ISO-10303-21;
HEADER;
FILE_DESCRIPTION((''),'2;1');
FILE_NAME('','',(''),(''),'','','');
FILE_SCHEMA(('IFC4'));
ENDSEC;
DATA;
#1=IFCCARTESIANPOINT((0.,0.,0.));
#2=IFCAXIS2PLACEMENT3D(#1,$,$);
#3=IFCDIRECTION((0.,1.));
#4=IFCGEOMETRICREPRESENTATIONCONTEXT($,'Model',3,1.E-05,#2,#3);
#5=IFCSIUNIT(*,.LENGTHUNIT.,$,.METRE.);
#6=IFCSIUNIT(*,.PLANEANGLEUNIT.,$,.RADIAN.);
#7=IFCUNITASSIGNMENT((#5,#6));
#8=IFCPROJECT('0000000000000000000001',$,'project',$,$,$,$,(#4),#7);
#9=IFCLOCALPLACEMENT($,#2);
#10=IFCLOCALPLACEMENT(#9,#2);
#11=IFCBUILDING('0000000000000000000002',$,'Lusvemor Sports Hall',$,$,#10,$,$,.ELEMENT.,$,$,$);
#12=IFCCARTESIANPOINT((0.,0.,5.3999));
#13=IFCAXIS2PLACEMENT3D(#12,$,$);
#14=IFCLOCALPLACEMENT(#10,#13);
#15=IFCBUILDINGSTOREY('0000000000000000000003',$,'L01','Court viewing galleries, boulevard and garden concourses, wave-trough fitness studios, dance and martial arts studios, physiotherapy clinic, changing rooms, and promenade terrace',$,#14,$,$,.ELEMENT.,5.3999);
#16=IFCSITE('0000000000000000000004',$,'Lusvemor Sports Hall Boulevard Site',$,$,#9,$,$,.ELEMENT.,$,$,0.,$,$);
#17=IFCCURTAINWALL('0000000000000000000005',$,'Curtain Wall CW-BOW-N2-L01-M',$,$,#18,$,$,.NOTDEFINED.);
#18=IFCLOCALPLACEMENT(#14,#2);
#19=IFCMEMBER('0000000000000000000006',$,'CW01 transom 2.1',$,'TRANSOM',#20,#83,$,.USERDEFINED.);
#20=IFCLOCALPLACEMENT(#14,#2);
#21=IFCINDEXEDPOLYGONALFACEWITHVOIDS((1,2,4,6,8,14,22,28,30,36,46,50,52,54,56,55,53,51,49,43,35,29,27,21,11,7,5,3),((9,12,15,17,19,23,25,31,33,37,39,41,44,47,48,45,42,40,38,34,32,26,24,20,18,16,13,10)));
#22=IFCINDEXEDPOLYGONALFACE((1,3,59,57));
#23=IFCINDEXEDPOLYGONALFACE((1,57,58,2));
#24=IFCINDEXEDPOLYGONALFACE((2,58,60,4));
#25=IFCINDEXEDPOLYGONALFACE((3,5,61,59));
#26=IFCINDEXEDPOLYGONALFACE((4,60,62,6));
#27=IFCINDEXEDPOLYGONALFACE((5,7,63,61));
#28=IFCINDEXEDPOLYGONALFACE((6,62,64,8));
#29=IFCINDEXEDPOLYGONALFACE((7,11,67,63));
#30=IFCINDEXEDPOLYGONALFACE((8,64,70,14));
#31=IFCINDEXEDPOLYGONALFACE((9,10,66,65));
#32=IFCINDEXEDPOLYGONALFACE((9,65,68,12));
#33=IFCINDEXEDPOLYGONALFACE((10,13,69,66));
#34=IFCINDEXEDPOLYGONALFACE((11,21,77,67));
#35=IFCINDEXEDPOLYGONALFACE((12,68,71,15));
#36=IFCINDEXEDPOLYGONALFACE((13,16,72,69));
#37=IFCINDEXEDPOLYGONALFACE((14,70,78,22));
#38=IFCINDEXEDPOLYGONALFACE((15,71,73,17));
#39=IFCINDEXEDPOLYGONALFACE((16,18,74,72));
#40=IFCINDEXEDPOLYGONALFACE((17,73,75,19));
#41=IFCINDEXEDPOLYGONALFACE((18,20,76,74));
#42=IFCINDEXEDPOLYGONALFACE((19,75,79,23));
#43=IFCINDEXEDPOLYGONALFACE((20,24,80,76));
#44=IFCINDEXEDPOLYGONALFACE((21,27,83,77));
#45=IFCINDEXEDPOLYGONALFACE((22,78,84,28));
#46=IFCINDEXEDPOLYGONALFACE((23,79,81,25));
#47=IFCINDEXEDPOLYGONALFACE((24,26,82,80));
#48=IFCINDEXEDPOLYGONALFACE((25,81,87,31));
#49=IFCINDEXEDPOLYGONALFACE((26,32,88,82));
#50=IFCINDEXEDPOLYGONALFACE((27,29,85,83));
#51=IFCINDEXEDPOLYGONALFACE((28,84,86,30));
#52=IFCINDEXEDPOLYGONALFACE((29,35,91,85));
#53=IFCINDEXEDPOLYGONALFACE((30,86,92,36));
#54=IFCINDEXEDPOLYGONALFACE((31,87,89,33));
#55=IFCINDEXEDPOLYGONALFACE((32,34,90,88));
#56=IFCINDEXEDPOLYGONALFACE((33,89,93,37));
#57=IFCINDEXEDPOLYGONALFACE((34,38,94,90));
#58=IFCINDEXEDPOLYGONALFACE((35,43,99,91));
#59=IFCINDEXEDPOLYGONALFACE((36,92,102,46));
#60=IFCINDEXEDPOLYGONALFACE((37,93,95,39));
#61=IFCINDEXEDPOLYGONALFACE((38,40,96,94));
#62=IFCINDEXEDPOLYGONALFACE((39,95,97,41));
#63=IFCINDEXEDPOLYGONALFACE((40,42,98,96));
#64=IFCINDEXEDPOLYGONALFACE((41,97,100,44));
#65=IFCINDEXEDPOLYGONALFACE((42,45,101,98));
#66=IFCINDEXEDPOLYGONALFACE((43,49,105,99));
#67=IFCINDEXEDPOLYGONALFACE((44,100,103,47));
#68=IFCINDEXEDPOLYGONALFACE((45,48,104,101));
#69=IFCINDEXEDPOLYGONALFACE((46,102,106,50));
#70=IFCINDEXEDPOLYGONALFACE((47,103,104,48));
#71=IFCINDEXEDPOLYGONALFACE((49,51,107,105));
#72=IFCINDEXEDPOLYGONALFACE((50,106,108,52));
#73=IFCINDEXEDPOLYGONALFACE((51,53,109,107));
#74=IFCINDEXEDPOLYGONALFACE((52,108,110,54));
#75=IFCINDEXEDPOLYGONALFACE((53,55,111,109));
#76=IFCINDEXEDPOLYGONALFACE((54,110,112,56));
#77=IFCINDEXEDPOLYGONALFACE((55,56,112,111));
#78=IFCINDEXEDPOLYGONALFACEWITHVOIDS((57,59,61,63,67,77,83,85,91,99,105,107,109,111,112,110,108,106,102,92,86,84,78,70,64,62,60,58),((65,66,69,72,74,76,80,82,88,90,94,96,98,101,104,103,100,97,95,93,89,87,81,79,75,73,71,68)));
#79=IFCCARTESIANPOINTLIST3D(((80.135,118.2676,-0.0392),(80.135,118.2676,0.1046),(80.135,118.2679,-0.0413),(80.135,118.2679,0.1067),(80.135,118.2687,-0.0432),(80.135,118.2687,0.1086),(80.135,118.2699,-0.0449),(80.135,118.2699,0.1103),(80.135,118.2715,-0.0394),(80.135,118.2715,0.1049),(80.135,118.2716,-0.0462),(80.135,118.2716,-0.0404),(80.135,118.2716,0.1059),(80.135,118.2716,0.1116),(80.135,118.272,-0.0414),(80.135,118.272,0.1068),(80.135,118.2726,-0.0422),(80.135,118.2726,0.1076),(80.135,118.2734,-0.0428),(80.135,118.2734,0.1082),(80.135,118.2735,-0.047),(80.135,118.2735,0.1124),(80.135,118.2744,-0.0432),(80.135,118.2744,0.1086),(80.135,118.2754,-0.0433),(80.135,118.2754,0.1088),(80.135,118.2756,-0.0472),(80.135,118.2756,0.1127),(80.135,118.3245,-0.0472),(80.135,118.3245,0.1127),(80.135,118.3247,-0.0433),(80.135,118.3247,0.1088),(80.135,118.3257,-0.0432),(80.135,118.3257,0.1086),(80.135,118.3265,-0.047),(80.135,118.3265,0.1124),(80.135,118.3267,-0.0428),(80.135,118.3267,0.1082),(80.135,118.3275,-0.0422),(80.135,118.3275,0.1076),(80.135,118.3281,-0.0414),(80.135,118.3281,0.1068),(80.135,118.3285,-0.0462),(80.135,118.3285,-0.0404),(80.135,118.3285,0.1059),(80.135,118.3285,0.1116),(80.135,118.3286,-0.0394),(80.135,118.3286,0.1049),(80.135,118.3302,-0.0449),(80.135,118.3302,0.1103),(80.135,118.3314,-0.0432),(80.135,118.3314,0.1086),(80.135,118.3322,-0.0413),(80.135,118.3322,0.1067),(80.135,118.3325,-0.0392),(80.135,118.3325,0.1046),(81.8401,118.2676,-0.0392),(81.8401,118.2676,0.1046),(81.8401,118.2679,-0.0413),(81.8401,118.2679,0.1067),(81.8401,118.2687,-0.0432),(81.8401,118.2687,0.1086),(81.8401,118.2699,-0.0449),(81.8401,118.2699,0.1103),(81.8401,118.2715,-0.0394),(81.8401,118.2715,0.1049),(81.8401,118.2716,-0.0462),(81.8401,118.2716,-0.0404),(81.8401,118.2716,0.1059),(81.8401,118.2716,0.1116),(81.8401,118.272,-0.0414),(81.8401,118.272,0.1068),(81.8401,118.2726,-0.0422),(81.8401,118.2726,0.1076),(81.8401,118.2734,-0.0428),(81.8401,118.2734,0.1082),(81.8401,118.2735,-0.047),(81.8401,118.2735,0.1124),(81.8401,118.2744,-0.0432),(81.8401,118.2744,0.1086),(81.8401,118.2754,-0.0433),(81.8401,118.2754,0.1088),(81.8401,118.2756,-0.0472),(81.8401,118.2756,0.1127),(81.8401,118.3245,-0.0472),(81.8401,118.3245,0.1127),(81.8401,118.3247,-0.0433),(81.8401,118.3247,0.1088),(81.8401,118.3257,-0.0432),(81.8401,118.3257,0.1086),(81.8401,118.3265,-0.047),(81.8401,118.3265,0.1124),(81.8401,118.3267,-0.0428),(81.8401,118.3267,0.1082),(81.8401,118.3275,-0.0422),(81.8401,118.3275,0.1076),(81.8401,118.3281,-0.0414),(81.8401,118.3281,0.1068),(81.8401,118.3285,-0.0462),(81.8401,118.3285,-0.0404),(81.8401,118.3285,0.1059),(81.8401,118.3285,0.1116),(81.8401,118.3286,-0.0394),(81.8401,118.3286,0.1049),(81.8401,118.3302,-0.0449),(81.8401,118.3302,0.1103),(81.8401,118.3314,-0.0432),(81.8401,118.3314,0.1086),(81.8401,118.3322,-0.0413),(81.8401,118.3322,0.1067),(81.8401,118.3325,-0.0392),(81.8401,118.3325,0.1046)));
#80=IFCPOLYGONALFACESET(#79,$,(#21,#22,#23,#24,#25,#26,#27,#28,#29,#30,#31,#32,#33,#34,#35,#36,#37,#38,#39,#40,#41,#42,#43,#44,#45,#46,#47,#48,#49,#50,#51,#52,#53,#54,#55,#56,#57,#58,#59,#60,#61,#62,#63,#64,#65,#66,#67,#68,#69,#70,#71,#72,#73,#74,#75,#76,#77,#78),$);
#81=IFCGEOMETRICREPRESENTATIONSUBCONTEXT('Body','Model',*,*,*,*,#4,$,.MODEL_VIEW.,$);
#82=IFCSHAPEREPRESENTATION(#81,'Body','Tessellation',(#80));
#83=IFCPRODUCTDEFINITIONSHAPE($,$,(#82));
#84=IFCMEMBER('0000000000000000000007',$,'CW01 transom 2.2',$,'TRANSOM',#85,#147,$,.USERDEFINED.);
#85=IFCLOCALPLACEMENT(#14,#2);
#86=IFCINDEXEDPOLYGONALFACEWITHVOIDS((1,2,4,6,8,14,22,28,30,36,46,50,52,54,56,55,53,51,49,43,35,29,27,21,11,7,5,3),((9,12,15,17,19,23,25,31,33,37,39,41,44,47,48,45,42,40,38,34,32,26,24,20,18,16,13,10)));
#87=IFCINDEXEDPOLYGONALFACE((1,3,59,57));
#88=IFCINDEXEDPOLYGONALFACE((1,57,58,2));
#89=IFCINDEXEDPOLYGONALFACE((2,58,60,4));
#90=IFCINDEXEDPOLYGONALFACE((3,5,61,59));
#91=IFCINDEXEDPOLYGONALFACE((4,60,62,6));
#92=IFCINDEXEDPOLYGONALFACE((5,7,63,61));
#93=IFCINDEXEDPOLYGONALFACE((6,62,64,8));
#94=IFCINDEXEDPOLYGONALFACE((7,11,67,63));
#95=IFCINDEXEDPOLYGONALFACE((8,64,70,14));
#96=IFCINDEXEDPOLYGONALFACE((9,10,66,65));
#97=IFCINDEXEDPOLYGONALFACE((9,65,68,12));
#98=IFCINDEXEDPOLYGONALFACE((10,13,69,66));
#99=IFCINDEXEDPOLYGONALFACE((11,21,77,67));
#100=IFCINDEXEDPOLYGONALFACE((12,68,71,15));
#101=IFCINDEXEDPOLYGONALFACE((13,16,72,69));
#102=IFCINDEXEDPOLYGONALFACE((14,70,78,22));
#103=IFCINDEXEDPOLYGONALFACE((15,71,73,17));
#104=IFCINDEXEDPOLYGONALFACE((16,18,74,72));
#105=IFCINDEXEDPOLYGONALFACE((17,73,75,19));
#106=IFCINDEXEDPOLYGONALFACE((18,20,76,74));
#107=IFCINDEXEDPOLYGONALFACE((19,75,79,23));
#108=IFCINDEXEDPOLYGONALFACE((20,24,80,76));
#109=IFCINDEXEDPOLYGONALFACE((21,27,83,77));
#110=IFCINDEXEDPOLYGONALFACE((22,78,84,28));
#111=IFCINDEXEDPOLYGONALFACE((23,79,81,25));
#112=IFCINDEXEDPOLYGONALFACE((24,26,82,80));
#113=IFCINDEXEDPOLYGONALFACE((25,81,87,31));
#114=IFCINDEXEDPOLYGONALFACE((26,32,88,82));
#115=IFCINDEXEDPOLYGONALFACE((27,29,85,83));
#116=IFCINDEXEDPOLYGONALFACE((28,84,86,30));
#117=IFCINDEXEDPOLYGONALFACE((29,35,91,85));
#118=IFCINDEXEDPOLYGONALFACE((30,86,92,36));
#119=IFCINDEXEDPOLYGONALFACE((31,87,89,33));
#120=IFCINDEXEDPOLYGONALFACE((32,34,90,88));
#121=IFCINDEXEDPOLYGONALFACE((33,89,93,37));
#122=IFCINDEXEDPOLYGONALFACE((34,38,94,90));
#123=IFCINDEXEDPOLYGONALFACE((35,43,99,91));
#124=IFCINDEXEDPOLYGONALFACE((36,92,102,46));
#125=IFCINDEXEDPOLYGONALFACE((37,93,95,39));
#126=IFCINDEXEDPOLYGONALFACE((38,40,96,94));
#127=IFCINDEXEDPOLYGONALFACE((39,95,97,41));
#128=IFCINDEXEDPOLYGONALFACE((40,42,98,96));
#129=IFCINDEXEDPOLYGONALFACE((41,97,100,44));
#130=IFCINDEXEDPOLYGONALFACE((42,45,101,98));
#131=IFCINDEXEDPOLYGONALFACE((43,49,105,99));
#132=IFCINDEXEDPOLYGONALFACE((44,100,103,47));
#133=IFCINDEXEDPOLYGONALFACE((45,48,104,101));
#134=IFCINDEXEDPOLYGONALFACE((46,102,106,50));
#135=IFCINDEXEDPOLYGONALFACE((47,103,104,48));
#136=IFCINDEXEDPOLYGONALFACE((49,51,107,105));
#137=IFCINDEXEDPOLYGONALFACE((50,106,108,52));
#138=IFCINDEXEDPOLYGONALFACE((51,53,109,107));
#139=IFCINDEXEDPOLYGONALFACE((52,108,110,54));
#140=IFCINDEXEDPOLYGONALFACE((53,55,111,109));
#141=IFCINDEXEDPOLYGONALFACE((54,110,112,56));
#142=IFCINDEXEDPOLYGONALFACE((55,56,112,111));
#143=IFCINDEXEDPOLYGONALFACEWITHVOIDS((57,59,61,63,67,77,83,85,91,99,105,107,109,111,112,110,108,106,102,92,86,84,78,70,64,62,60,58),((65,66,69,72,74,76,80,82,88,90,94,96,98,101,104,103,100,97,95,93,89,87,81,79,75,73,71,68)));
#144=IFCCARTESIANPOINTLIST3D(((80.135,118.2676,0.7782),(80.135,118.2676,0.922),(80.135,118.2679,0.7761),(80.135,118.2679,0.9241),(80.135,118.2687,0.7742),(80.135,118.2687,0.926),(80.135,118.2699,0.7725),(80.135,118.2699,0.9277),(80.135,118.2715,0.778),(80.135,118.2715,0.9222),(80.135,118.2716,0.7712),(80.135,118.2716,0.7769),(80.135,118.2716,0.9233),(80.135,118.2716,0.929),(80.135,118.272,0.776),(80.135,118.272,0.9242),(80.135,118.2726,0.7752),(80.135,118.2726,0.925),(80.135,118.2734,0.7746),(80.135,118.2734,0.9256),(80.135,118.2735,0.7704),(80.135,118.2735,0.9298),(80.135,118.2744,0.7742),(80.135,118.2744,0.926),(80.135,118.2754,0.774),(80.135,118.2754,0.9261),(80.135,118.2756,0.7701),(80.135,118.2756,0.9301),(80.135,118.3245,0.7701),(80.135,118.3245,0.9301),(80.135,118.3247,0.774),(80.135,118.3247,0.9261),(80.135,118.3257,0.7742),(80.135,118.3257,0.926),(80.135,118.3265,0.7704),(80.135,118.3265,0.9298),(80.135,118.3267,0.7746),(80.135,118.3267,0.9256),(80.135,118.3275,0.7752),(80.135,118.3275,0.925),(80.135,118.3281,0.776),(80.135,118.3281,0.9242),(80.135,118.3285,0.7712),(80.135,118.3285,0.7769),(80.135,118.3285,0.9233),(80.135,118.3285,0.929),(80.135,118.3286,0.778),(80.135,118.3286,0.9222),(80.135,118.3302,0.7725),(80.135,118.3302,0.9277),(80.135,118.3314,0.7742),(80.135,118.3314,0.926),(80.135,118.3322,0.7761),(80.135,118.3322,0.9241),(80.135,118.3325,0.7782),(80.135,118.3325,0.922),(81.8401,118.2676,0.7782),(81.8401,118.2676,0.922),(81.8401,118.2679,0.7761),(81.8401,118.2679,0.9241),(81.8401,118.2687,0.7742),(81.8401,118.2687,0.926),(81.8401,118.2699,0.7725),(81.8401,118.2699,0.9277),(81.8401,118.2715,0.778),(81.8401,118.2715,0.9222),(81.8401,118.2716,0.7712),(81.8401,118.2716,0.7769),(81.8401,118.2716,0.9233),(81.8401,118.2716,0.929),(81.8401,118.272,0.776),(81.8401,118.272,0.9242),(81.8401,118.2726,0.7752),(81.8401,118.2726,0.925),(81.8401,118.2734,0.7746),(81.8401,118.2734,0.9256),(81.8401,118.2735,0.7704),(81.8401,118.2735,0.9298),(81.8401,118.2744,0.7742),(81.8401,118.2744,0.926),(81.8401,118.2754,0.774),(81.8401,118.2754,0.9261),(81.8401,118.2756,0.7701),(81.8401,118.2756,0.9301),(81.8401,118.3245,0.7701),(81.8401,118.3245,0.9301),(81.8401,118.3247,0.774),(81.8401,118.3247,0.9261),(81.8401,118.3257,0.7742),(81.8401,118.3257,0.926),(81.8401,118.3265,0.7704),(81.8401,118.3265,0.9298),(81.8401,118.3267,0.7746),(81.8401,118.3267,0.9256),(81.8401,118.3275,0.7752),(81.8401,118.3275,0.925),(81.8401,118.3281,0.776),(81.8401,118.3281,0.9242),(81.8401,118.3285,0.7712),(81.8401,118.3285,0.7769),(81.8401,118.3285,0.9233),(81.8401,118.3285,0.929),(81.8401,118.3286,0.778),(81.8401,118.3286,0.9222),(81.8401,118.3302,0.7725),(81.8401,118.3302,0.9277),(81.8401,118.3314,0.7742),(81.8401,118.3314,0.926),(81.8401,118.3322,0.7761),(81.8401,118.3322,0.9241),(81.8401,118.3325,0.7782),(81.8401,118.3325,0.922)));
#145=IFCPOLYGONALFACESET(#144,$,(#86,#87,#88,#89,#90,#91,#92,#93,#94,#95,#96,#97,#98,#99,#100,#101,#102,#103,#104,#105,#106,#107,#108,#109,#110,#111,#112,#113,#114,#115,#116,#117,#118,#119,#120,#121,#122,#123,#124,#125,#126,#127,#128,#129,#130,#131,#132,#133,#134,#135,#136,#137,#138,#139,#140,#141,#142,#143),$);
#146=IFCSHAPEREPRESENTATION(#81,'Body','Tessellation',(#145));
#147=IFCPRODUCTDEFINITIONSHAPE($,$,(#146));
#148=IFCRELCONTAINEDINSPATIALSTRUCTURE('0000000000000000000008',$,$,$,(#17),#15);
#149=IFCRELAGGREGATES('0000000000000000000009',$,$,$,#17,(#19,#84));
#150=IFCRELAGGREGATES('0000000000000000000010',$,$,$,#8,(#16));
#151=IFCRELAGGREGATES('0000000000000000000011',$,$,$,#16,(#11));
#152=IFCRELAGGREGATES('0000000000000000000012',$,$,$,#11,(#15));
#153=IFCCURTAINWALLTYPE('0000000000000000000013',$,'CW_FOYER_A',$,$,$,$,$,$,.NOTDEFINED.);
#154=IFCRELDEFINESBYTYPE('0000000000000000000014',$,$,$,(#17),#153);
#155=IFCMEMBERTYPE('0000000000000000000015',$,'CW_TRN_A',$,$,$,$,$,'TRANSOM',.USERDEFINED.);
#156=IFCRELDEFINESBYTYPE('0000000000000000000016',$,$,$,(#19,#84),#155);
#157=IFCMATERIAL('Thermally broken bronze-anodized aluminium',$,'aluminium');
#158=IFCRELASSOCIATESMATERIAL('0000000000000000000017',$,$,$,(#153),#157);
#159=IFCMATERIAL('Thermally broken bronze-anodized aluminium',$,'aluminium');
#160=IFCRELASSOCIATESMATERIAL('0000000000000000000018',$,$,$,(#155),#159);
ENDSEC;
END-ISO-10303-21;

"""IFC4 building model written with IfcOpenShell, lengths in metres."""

from ifc_helpers import new_model, si_unit, direction, frame, origin, origin_2d, place, context, subcontext, project, spatial, hollow_rectangle, extrude, material, material_profile, profile_set, type_object, element, aggregate, save


model = new_model("IFC4")

# Units and contexts
model_context = context("Model", 3, precision=1e-05, world=origin(), true_north=direction((0.0, 1.0)))
body_context = subcontext(model_context, "Body", "Model", "MODEL_VIEW")
ifc_project = project(units=[si_unit("LENGTHUNIT", "METRE"), si_unit("PLANEANGLEUNIT", "RADIAN")], contexts=[model_context])

# Site, building, storey
site_placement = place(None, origin())
site = spatial("IfcSite", under=ifc_project, at=site_placement, Name="Lusvemor Sports Hall Boulevard Site", CompositionType="ELEMENT", RefElevation=0.0)
building_placement = place(site_placement, origin())
building = spatial("IfcBuilding", under=site, at=building_placement, Name="Lusvemor Sports Hall", CompositionType="ELEMENT")
storey_placement = place(building_placement, frame((0.0, 0.0, 5.3999)))
storey = spatial("IfcBuildingStorey", under=building, at=storey_placement, Name="L01", Description="Court viewing galleries, boulevard and garden concourses, wave-trough fitness studios, dance and martial arts studios, physiotherapy clinic, changing rooms, and promenade terrace", CompositionType="ELEMENT", Elevation=5.3999)

# Curtain wall, members
ifc_material_1 = material(Name="Thermally broken bronze-anodized aluminium", Category="aluminium")
curtain_wall_type = type_object("IfcCurtainWallType", Name="CW_FOYER_A", PredefinedType="NOTDEFINED", material=ifc_material_1)
curtain_wall_placement = place(storey_placement, origin())
curtain_wall = element("IfcCurtainWall", 1, at=curtain_wall_placement, inside=storey, type_object=curtain_wall_type, Name="Curtain Wall CW-BOW-N2-L01-M", PredefinedType="NOTDEFINED")
ifc_material_2 = material(Name="Thermally broken bronze-anodized aluminium", Category="aluminium")
ifc_material_profile_1 = material_profile(ifc_material_2, hollow_rectangle(XDim=0.0649, YDim=0.1599, WallThickness=0.0039, InnerFilletRadius=0.0039, OuterFilletRadius=0.0081, at=origin_2d()), Name="CWTRN160x65x4")
ifc_profile_set_1 = profile_set([ifc_material_profile_1], Name="Thermally broken bronze-anodized aluminium")
member_type_1 = type_object("IfcMemberType", Name="CW_TRN_A", ElementType="TRANSOM", PredefinedType="USERDEFINED", material=ifc_profile_set_1)
member_1_placement = place(storey_placement, frame((80.135, 118.3, 0.0327), z_axis=(1.0, 0.0, 0.0), x_axis=(0.0, 1.0, 0.0)))
member_1 = element("IfcMember", 2, at=member_1_placement, type_object=member_type_1, Name="CW01 transom 2.1", ObjectType="TRANSOM", PredefinedType="USERDEFINED", context=body_context, shape_type="SweptSolid", body=[
    extrude(hollow_rectangle(XDim=0.0649, YDim=0.1599, WallThickness=0.0039, InnerFilletRadius=0.0039, OuterFilletRadius=0.0081, at=origin_2d()), origin(), (0.0, 0.0, 1.0), 1.7051),
])
member_2_placement = place(storey_placement, frame((80.135, 118.3, 0.8501), z_axis=(1.0, 0.0, 0.0), x_axis=(0.0, 1.0, 0.0)))
member_2 = element("IfcMember", 3, at=member_2_placement, type_object=member_type_1, Name="CW01 transom 2.2", ObjectType="TRANSOM", PredefinedType="USERDEFINED", context=body_context, shape_type="SweptSolid", body=[
    extrude(hollow_rectangle(XDim=0.0649, YDim=0.1599, WallThickness=0.0039, InnerFilletRadius=0.0039, OuterFilletRadius=0.0081, at=origin_2d()), origin(), (0.0, 0.0, 1.0), 1.7051),
])

aggregate(curtain_wall, [member_1, member_2])

save(model, "model.ifc")
